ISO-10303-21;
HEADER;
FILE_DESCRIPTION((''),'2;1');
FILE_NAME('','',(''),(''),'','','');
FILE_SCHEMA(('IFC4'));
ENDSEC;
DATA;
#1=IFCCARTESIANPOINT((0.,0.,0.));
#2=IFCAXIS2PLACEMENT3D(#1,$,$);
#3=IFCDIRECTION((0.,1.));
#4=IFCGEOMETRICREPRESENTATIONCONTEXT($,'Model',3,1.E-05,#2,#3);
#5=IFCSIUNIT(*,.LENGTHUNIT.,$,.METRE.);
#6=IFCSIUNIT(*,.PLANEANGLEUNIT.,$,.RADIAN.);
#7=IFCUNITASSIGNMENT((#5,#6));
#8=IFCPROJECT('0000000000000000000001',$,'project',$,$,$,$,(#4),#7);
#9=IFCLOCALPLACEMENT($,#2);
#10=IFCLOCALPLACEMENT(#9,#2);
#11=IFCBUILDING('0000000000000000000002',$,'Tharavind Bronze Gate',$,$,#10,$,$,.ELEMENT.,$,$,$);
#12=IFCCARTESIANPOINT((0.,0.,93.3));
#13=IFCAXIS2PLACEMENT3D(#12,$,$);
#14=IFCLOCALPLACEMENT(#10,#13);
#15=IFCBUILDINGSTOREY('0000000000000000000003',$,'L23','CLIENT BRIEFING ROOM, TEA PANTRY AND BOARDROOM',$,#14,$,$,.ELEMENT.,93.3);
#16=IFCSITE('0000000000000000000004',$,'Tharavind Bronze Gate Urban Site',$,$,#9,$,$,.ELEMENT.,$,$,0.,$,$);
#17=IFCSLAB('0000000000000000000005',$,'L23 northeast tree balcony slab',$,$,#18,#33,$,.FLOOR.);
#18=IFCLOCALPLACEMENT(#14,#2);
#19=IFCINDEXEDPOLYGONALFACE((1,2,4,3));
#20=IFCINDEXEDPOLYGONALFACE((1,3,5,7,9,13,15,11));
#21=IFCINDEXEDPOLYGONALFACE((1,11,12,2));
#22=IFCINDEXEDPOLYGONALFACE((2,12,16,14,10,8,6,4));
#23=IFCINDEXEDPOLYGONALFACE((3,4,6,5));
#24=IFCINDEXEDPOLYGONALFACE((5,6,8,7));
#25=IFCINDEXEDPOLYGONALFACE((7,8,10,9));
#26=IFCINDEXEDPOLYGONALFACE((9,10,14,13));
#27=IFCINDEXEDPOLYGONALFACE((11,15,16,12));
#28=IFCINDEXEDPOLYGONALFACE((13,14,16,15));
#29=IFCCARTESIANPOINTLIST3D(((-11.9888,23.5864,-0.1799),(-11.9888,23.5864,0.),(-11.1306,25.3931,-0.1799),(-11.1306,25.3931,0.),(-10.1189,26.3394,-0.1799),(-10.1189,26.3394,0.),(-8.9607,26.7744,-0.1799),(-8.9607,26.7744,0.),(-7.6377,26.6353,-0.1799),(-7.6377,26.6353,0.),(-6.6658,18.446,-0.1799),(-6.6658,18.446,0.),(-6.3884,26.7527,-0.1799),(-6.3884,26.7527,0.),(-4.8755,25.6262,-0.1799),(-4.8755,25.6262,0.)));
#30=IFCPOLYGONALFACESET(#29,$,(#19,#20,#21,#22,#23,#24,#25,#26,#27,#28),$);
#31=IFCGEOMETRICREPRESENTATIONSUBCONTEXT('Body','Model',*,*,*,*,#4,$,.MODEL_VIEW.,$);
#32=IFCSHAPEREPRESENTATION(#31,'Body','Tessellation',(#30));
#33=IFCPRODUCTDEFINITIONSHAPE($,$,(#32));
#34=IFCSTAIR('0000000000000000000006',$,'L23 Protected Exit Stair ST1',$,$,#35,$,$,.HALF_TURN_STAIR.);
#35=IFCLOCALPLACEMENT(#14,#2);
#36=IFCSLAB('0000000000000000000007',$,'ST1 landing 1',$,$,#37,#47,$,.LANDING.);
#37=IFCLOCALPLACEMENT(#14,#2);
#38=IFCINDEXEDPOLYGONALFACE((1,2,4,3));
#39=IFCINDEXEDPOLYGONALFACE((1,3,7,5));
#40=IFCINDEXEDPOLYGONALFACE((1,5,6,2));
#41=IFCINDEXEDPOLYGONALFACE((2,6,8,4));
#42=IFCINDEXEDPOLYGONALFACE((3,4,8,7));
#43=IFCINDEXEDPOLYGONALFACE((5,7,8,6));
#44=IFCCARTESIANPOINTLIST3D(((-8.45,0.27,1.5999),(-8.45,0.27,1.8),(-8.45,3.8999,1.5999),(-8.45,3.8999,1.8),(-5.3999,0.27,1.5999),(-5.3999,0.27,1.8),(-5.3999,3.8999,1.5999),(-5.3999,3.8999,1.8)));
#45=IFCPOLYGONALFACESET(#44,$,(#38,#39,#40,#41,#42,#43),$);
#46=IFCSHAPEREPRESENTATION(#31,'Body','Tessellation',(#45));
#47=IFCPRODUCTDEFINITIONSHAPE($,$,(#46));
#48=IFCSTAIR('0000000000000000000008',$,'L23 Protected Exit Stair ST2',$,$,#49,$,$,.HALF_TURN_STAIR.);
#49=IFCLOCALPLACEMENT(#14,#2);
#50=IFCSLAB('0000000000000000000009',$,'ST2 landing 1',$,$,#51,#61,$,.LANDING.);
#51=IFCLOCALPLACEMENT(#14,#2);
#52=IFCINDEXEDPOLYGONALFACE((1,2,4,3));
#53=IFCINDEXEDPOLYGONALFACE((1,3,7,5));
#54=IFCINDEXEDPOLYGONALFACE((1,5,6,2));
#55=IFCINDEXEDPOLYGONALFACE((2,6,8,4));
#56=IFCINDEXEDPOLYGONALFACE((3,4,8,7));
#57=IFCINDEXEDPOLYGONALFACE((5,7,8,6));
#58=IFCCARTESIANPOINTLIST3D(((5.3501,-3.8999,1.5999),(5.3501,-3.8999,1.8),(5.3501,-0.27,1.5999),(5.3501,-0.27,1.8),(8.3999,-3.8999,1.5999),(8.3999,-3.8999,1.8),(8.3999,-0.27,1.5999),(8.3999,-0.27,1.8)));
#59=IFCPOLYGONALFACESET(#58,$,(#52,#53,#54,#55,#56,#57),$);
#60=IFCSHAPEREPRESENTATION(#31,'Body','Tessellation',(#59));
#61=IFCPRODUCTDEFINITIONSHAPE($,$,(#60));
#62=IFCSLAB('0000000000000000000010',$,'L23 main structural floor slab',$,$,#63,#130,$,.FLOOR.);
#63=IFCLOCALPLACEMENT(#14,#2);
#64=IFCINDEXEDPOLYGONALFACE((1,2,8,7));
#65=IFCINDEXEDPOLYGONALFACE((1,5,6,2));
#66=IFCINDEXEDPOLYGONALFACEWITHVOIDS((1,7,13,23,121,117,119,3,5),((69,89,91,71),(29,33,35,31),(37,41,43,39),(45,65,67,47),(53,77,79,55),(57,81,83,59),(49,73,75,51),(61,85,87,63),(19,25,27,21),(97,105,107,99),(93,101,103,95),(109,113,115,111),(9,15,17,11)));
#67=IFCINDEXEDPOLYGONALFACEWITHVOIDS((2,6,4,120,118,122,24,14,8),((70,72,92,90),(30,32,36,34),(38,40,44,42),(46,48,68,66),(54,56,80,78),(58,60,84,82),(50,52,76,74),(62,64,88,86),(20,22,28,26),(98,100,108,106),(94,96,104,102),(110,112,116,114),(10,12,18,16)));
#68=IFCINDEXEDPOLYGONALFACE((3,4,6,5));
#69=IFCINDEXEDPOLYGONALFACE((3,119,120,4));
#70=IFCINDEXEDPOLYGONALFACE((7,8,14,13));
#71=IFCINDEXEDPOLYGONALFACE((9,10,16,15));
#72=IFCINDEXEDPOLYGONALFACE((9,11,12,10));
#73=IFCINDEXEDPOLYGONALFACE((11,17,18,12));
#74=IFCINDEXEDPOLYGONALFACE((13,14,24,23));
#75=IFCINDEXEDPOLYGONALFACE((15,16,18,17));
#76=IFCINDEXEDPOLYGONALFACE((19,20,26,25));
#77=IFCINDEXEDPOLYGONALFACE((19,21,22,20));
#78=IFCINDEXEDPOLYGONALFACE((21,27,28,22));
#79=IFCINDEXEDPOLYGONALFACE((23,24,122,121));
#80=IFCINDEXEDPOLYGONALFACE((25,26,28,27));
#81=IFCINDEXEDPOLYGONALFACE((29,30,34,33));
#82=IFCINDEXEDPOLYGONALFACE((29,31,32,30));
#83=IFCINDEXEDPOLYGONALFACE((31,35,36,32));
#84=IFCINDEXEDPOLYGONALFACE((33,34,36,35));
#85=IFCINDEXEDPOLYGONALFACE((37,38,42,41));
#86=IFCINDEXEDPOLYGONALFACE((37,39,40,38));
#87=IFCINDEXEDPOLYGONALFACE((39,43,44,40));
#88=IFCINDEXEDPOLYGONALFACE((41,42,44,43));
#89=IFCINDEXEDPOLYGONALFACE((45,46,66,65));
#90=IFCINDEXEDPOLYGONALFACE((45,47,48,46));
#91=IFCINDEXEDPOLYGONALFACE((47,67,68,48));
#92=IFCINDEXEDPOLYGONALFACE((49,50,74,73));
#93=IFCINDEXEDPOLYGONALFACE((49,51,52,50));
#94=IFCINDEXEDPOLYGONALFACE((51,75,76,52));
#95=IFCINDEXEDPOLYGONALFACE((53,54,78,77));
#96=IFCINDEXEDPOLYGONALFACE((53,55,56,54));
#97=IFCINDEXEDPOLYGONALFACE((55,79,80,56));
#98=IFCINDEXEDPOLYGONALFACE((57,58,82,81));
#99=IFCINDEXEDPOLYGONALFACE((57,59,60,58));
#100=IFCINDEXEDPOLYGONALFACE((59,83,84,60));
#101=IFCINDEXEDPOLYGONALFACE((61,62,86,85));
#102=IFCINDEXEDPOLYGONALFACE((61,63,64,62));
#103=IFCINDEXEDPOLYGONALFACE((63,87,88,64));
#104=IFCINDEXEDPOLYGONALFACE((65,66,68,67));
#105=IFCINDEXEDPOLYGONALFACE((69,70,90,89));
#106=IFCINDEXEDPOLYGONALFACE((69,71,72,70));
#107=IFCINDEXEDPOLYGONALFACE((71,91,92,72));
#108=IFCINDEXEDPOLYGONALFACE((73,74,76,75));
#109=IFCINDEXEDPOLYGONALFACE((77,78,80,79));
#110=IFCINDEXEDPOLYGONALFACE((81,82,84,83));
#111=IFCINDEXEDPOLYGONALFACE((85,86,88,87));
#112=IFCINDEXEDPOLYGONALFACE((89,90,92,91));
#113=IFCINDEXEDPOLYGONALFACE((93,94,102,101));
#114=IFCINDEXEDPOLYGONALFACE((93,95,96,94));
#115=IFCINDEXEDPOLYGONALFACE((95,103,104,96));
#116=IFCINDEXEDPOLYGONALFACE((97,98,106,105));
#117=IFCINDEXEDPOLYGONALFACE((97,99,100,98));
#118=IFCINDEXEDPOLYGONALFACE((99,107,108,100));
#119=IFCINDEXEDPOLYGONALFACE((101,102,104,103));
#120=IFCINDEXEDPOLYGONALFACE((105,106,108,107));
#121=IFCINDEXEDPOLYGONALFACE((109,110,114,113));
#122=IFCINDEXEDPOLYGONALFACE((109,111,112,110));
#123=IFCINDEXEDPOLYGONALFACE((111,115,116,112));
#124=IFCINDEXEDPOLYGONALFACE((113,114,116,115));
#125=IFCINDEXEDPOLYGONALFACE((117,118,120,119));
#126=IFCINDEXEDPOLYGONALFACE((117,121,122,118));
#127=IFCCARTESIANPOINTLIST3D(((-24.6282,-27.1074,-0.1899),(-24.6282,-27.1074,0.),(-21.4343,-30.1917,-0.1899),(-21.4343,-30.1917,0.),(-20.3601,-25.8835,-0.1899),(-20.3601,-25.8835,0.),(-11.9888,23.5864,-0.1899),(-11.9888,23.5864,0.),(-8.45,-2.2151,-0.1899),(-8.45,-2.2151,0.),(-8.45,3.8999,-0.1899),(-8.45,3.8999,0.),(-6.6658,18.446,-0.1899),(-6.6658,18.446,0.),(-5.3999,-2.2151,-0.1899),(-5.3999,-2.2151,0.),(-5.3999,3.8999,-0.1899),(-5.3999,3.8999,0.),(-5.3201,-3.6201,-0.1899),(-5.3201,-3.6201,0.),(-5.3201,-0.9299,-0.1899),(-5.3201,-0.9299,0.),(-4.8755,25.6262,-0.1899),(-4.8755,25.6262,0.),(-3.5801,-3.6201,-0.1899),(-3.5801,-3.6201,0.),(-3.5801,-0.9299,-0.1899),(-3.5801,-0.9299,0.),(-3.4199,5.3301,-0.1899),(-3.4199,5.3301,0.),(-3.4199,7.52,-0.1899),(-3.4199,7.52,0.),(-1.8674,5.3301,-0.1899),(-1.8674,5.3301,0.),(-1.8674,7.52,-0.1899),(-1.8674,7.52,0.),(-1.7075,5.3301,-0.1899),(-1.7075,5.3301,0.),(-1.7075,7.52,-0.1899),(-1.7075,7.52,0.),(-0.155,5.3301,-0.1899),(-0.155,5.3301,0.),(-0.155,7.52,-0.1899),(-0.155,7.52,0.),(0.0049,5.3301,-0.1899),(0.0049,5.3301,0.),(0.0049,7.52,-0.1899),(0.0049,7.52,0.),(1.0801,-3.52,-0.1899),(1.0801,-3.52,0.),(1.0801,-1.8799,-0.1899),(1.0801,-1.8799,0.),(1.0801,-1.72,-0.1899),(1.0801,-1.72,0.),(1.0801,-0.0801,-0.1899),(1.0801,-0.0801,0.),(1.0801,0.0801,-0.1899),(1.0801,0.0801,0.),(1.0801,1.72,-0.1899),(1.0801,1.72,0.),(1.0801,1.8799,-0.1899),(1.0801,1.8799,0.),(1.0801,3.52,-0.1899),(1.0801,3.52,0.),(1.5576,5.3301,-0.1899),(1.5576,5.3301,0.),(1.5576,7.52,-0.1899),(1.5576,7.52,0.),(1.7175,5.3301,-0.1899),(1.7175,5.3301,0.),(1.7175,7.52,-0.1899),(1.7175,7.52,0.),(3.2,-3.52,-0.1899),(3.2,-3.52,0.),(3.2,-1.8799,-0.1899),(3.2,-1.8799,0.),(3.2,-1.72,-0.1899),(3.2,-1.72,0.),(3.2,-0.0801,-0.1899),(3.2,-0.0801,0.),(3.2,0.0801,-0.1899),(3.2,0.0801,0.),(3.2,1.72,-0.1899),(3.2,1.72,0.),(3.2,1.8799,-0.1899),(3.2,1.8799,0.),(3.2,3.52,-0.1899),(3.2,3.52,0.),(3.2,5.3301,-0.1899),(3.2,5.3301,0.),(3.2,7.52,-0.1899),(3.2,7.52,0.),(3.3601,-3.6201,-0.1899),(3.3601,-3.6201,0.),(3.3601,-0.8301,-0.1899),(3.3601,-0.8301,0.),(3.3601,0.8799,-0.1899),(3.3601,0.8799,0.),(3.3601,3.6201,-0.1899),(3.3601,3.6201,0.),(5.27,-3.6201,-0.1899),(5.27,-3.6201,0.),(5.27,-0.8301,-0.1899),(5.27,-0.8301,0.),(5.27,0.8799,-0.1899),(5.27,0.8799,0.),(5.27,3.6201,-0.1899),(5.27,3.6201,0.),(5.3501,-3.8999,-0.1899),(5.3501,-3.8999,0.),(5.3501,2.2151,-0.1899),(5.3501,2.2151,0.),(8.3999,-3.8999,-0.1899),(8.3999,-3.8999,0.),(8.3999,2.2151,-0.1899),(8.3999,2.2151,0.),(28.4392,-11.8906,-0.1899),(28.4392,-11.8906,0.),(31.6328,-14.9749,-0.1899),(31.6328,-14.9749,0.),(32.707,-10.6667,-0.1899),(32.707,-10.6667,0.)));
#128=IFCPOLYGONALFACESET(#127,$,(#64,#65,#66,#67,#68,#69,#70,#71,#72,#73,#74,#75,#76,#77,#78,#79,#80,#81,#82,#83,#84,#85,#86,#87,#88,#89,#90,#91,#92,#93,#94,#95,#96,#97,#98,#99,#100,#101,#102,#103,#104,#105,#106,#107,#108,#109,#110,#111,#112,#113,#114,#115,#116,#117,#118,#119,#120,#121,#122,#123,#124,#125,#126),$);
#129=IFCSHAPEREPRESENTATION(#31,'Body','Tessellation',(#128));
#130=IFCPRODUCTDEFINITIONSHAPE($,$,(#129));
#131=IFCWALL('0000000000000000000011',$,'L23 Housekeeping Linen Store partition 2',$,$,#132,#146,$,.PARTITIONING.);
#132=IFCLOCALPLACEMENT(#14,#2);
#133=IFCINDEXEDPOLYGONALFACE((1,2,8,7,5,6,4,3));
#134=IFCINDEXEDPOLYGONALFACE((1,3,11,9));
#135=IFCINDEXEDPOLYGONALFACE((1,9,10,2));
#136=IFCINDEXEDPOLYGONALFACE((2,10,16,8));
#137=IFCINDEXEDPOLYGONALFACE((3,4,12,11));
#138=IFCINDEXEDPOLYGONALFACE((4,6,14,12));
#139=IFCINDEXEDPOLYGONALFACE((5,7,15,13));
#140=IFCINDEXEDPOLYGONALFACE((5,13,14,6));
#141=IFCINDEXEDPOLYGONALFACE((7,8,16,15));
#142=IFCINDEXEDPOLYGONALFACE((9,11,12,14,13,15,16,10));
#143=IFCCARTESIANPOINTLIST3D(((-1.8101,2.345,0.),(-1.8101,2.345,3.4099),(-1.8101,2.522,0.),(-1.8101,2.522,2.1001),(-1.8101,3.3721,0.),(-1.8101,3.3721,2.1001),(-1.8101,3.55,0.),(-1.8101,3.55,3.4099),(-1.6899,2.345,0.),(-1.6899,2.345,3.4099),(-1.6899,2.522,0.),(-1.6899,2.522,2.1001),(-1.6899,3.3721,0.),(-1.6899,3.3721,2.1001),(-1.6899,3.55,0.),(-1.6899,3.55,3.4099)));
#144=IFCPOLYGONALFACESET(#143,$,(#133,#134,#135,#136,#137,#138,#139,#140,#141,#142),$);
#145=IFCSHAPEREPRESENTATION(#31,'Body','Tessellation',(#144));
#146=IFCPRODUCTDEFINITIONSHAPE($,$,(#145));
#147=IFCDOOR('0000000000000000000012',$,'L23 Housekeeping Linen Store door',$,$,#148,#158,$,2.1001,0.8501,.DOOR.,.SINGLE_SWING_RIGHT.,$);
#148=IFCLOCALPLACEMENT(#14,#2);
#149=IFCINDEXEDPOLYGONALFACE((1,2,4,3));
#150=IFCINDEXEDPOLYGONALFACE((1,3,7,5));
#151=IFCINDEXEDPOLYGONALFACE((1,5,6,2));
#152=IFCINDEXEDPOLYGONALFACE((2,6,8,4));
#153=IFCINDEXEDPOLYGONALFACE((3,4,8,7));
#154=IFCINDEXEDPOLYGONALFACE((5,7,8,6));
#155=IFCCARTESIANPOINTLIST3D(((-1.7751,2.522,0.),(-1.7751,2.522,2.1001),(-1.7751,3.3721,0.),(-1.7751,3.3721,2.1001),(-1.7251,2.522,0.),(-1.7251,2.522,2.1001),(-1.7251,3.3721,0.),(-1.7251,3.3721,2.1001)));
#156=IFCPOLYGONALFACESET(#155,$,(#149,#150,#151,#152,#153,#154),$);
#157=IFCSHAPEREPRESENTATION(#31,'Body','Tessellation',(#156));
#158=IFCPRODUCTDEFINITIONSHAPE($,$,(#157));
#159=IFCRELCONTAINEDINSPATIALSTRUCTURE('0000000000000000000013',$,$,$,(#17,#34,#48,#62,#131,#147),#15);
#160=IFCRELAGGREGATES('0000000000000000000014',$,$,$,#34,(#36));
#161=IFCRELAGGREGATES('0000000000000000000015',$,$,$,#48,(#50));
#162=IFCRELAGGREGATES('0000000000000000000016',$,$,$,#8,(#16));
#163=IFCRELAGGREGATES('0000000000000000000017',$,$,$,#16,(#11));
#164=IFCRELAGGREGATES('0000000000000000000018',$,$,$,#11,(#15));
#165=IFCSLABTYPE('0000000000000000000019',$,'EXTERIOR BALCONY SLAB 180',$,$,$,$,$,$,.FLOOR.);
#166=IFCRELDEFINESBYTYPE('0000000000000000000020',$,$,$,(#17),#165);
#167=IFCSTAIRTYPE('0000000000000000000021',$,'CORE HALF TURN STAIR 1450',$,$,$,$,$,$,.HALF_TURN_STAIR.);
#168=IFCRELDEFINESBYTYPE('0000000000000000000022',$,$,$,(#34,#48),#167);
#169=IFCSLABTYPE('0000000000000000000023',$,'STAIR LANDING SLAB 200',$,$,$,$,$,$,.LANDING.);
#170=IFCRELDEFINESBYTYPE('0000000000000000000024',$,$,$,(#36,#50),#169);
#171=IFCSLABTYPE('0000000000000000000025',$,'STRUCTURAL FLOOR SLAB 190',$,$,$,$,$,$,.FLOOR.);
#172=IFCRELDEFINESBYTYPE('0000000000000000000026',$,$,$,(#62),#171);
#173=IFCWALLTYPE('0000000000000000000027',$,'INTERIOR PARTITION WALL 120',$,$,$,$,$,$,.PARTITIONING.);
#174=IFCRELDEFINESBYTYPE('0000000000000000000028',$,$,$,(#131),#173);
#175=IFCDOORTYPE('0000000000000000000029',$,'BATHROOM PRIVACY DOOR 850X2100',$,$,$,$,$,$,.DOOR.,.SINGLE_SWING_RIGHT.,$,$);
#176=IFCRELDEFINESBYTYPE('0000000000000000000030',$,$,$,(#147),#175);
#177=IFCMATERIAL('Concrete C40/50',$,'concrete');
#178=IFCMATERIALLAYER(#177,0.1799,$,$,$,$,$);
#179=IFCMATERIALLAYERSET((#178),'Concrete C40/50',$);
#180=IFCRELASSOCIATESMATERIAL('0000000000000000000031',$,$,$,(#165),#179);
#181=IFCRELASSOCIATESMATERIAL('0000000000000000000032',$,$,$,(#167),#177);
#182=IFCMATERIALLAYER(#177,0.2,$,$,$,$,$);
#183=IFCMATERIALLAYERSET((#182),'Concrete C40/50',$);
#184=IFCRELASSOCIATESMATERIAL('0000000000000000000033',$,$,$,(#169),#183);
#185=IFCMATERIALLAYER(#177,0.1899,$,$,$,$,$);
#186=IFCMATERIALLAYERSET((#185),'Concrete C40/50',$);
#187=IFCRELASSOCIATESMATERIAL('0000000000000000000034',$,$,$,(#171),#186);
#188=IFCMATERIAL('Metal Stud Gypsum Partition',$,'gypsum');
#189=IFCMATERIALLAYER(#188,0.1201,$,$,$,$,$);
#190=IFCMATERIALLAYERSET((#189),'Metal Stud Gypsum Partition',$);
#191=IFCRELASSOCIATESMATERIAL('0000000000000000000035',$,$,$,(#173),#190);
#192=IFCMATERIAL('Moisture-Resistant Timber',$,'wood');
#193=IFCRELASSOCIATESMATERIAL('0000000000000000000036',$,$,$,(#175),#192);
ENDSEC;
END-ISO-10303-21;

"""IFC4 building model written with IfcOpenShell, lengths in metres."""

from ifc_helpers import new_model, si_unit, direction, frame, frame_2d, origin, place, context, subcontext, project, spatial, polyline, rectangle, outline, extrude, material, layer, layer_set, type_object, element, fill, aggregate, save


model = new_model("IFC4")

# Units and contexts
model_context = context("Model", 3, precision=1e-05, world=origin(), true_north=direction((0.0, 1.0)))
body_context = subcontext(model_context, "Body", "Model", "MODEL_VIEW")
ifc_project = project(units=[si_unit("LENGTHUNIT", "METRE"), si_unit("PLANEANGLEUNIT", "RADIAN")], contexts=[model_context])

# Site, building, storey
site_placement = place(None, origin())
site = spatial("IfcSite", under=ifc_project, at=site_placement, Name="Tharavind Bronze Gate Urban Site", CompositionType="ELEMENT", RefElevation=0.0)
building_placement = place(site_placement, origin())
building = spatial("IfcBuilding", under=site, at=building_placement, Name="Tharavind Bronze Gate", CompositionType="ELEMENT")
storey_placement = place(building_placement, frame((0.0, 0.0, 93.3)))
storey = spatial("IfcBuildingStorey", under=building, at=storey_placement, Name="L23", Description="CLIENT BRIEFING ROOM, TEA PANTRY AND BOARDROOM", CompositionType="ELEMENT", Elevation=93.3)

# Slab
ifc_material_1 = material(Name="Concrete C40/50", Category="concrete")
ifc_layer_1 = layer(ifc_material_1, 0.1799)
ifc_layer_set_1 = layer_set([ifc_layer_1], Name="Concrete C40/50")
slab_type_1 = type_object("IfcSlabType", Name="EXTERIOR BALCONY SLAB 180", PredefinedType="FLOOR", material=ifc_layer_set_1)
slab_1_placement = place(storey_placement, frame((0.0, 0.0, -0.1799)))
element("IfcSlab", 1, at=slab_1_placement, inside=storey, type_object=slab_type_1, Name="L23 northeast tree balcony slab", PredefinedType="FLOOR", context=body_context, shape_type="SweptSolid", body=[
    extrude(outline(polyline([(-6.3884, 26.7527), (-7.6377, 26.6353), (-8.9607, 26.7744), (-10.1189, 26.3394), (-11.1306, 25.3931), (-11.9888, 23.5864), (-6.6658, 18.446), (-4.8755, 25.6262), (-6.3884, 26.7527)])), origin(), (0.0, 0.0, 1.0), 0.1799),
])

# Stairs, slabs
stair_type = type_object("IfcStairType", Name="CORE HALF TURN STAIR 1450", PredefinedType="HALF_TURN_STAIR", material=ifc_material_1)
stair_1_placement = place(storey_placement, origin())
stair_1 = element("IfcStair", 2, at=stair_1_placement, inside=storey, type_object=stair_type, Name="L23 Protected Exit Stair ST1", PredefinedType="HALF_TURN_STAIR")
ifc_layer_2 = layer(ifc_material_1, 0.2)
ifc_layer_set_2 = layer_set([ifc_layer_2], Name="Concrete C40/50")
slab_type_2 = type_object("IfcSlabType", Name="STAIR LANDING SLAB 200", PredefinedType="LANDING", material=ifc_layer_set_2)
slab_2_placement = place(storey_placement, frame((0.0, 0.0, 1.5999)))
slab_2 = element("IfcSlab", 3, at=slab_2_placement, type_object=slab_type_2, Name="ST1 landing 1", PredefinedType="LANDING", context=body_context, shape_type="SweptSolid", body=[
    extrude(outline(polyline([(-5.3999, 0.27), (-5.3999, 3.8999), (-8.45, 3.8999), (-8.45, 0.27), (-5.3999, 0.27)])), origin(), (0.0, 0.0, 1.0), 0.2002),
])
aggregate(stair_1, [slab_2])
stair_2_placement = place(storey_placement, origin())
stair_2 = element("IfcStair", 4, at=stair_2_placement, inside=storey, type_object=stair_type, Name="L23 Protected Exit Stair ST2", PredefinedType="HALF_TURN_STAIR")
slab_3_placement = place(storey_placement, frame((0.0, 0.0, 1.5999)))
slab_3 = element("IfcSlab", 5, at=slab_3_placement, type_object=slab_type_2, Name="ST2 landing 1", PredefinedType="LANDING", context=body_context, shape_type="SweptSolid", body=[
    extrude(outline(polyline([(5.3501, -0.27), (5.3501, -3.8999), (8.3999, -3.8999), (8.3999, -0.27), (5.3501, -0.27)])), origin(), (0.0, 0.0, 1.0), 0.2002),
])
aggregate(stair_2, [slab_3])

# Slab
ifc_layer_3 = layer(ifc_material_1, 0.1899)
ifc_layer_set_3 = layer_set([ifc_layer_3], Name="Concrete C40/50")
slab_type_3 = type_object("IfcSlabType", Name="STRUCTURAL FLOOR SLAB 190", PredefinedType="FLOOR", material=ifc_layer_set_3)
slab_4_placement = place(storey_placement, frame((0.0, 0.0, -0.1899)))
element("IfcSlab", 6, at=slab_4_placement, inside=storey, type_object=slab_type_3, Name="L23 main structural floor slab", PredefinedType="FLOOR", context=body_context, shape_type="SweptSolid", body=[
    extrude(outline(polyline([(-4.8755, 25.6262), (-6.6658, 18.446), (-11.9888, 23.5864), (-24.6282, -27.1074), (-20.3601, -25.8835), (-21.4343, -30.1917), (31.6328, -14.9749), (28.4392, -11.8906), (32.707, -10.6667), (-4.8755, 25.6262)]), holes=[polyline([(-5.3999, -2.2151), (-5.3999, 3.8999), (-8.45, 3.8999), (-8.45, -2.2151), (-5.3999, -2.2151)]), polyline([(5.3501, 2.2151), (5.3501, -3.8999), (8.3999, -3.8999), (8.3999, 2.2151), (5.3501, 2.2151)]), polyline([(-3.4199, 5.3301), (-1.8674, 5.3301), (-1.8674, 7.52), (-3.4199, 7.52), (-3.4199, 5.3301)]), polyline([(-1.7075, 5.3301), (-0.155, 5.3301), (-0.155, 7.52), (-1.7075, 7.52), (-1.7075, 5.3301)]), polyline([(0.0049, 5.3301), (1.5576, 5.3301), (1.5576, 7.52), (0.0049, 7.52), (0.0049, 5.3301)]), polyline([(1.7175, 5.3301), (3.2, 5.3301), (3.2, 7.52), (1.7175, 7.52), (1.7175, 5.3301)]), polyline([(1.0801, -3.52), (3.2, -3.52), (3.2, -1.8799), (1.0801, -1.8799), (1.0801, -3.52)]), polyline([(1.0801, -1.72), (3.2, -1.72), (3.2, -0.0801), (1.0801, -0.0801), (1.0801, -1.72)]), polyline([(1.0801, 0.0801), (3.2, 0.0801), (3.2, 1.72), (1.0801, 1.72), (1.0801, 0.0801)]), polyline([(1.0801, 1.8799), (3.2, 1.8799), (3.2, 3.52), (1.0801, 3.52), (1.0801, 1.8799)]), polyline([(-5.3201, -3.6201), (-3.5801, -3.6201), (-3.5801, -0.9299), (-5.3201, -0.9299), (-5.3201, -3.6201)]), polyline([(3.3601, 0.8799), (5.27, 0.8799), (5.27, 3.6201), (3.3601, 3.6201), (3.3601, 0.8799)]), polyline([(3.3601, -3.6201), (5.27, -3.6201), (5.27, -0.8301), (3.3601, -0.8301), (3.3601, -3.6201)])]), origin(), (0.0, 0.0, 1.0), 0.1899),
])

# Wall, opening, door
ifc_material_2 = material(Name="Metal Stud Gypsum Partition", Category="gypsum")
ifc_layer_4 = layer(ifc_material_2, 0.1201)
ifc_layer_set_4 = layer_set([ifc_layer_4], Name="Metal Stud Gypsum Partition")
wall_type_1 = type_object("IfcWallType", Name="INTERIOR PARTITION WALL 120", PredefinedType="PARTITIONING", material=ifc_layer_set_4)
wall_1_placement = place(storey_placement, frame((-1.75, 2.345, 0.0), z_axis=(0.0, 0.0, 1.0), x_axis=(0.0, 1.0, 0.0)))
wall_1 = element("IfcWall", 7, at=wall_1_placement, inside=storey, type_object=wall_type_1, Name="L23 Housekeeping Linen Store partition 2", PredefinedType="PARTITIONING", context=body_context, shape_type="SweptSolid", body=[
    extrude(rectangle(XDim=1.2051, YDim=0.1201, at=frame_2d((0.6025, 0.0))), origin(), (0.0, 0.0, 1.0), 3.4099),
])
opening_1_placement = place(wall_1_placement, frame((0.177, 0.0, 0.0)))
opening_1 = element("IfcOpeningElement", 8, at=opening_1_placement, cuts=wall_1, PredefinedType="OPENING", context=body_context, shape_type="SweptSolid", body=[
    extrude(rectangle(XDim=0.8501, YDim=2.1001, at=frame_2d((0.425, 1.05))), frame((0.0, 0.0701, 0.0), z_axis=(0.0, -1.0, 0.0), x_axis=(1.0, 0.0, 0.0)), (0.0, 0.0, 1.0), 0.1401),
])
ifc_material_3 = material(Name="Moisture-Resistant Timber", Category="wood")
door_type = type_object("IfcDoorType", Name="BATHROOM PRIVACY DOOR 850X2100", OperationType="SINGLE_SWING_RIGHT", PredefinedType="DOOR", material=ifc_material_3)
door_1_placement = place(opening_1_placement, frame((0.8501, 0.0, 0.0), z_axis=(0.0, 0.0, 1.0), x_axis=(-1.0, 0.0, 0.0)))
door_1 = element("IfcDoor", 9, at=door_1_placement, inside=storey, type_object=door_type, Name="L23 Housekeeping Linen Store door", OperationType="SINGLE_SWING_RIGHT", OverallHeight=2.1001, OverallWidth=0.8501, PredefinedType="DOOR", context=body_context, shape_type="SweptSolid", body=[
    extrude(rectangle(XDim=0.8501, YDim=2.1001, at=frame_2d((0.425, 1.05))), frame((0.0, 0.0249, 0.0), z_axis=(0.0, -1.0, 0.0), x_axis=(1.0, 0.0, 0.0)), (0.0, 0.0, 1.0), 0.05),
])
fill(opening_1, door_1)

save(model, "model.ifc")
